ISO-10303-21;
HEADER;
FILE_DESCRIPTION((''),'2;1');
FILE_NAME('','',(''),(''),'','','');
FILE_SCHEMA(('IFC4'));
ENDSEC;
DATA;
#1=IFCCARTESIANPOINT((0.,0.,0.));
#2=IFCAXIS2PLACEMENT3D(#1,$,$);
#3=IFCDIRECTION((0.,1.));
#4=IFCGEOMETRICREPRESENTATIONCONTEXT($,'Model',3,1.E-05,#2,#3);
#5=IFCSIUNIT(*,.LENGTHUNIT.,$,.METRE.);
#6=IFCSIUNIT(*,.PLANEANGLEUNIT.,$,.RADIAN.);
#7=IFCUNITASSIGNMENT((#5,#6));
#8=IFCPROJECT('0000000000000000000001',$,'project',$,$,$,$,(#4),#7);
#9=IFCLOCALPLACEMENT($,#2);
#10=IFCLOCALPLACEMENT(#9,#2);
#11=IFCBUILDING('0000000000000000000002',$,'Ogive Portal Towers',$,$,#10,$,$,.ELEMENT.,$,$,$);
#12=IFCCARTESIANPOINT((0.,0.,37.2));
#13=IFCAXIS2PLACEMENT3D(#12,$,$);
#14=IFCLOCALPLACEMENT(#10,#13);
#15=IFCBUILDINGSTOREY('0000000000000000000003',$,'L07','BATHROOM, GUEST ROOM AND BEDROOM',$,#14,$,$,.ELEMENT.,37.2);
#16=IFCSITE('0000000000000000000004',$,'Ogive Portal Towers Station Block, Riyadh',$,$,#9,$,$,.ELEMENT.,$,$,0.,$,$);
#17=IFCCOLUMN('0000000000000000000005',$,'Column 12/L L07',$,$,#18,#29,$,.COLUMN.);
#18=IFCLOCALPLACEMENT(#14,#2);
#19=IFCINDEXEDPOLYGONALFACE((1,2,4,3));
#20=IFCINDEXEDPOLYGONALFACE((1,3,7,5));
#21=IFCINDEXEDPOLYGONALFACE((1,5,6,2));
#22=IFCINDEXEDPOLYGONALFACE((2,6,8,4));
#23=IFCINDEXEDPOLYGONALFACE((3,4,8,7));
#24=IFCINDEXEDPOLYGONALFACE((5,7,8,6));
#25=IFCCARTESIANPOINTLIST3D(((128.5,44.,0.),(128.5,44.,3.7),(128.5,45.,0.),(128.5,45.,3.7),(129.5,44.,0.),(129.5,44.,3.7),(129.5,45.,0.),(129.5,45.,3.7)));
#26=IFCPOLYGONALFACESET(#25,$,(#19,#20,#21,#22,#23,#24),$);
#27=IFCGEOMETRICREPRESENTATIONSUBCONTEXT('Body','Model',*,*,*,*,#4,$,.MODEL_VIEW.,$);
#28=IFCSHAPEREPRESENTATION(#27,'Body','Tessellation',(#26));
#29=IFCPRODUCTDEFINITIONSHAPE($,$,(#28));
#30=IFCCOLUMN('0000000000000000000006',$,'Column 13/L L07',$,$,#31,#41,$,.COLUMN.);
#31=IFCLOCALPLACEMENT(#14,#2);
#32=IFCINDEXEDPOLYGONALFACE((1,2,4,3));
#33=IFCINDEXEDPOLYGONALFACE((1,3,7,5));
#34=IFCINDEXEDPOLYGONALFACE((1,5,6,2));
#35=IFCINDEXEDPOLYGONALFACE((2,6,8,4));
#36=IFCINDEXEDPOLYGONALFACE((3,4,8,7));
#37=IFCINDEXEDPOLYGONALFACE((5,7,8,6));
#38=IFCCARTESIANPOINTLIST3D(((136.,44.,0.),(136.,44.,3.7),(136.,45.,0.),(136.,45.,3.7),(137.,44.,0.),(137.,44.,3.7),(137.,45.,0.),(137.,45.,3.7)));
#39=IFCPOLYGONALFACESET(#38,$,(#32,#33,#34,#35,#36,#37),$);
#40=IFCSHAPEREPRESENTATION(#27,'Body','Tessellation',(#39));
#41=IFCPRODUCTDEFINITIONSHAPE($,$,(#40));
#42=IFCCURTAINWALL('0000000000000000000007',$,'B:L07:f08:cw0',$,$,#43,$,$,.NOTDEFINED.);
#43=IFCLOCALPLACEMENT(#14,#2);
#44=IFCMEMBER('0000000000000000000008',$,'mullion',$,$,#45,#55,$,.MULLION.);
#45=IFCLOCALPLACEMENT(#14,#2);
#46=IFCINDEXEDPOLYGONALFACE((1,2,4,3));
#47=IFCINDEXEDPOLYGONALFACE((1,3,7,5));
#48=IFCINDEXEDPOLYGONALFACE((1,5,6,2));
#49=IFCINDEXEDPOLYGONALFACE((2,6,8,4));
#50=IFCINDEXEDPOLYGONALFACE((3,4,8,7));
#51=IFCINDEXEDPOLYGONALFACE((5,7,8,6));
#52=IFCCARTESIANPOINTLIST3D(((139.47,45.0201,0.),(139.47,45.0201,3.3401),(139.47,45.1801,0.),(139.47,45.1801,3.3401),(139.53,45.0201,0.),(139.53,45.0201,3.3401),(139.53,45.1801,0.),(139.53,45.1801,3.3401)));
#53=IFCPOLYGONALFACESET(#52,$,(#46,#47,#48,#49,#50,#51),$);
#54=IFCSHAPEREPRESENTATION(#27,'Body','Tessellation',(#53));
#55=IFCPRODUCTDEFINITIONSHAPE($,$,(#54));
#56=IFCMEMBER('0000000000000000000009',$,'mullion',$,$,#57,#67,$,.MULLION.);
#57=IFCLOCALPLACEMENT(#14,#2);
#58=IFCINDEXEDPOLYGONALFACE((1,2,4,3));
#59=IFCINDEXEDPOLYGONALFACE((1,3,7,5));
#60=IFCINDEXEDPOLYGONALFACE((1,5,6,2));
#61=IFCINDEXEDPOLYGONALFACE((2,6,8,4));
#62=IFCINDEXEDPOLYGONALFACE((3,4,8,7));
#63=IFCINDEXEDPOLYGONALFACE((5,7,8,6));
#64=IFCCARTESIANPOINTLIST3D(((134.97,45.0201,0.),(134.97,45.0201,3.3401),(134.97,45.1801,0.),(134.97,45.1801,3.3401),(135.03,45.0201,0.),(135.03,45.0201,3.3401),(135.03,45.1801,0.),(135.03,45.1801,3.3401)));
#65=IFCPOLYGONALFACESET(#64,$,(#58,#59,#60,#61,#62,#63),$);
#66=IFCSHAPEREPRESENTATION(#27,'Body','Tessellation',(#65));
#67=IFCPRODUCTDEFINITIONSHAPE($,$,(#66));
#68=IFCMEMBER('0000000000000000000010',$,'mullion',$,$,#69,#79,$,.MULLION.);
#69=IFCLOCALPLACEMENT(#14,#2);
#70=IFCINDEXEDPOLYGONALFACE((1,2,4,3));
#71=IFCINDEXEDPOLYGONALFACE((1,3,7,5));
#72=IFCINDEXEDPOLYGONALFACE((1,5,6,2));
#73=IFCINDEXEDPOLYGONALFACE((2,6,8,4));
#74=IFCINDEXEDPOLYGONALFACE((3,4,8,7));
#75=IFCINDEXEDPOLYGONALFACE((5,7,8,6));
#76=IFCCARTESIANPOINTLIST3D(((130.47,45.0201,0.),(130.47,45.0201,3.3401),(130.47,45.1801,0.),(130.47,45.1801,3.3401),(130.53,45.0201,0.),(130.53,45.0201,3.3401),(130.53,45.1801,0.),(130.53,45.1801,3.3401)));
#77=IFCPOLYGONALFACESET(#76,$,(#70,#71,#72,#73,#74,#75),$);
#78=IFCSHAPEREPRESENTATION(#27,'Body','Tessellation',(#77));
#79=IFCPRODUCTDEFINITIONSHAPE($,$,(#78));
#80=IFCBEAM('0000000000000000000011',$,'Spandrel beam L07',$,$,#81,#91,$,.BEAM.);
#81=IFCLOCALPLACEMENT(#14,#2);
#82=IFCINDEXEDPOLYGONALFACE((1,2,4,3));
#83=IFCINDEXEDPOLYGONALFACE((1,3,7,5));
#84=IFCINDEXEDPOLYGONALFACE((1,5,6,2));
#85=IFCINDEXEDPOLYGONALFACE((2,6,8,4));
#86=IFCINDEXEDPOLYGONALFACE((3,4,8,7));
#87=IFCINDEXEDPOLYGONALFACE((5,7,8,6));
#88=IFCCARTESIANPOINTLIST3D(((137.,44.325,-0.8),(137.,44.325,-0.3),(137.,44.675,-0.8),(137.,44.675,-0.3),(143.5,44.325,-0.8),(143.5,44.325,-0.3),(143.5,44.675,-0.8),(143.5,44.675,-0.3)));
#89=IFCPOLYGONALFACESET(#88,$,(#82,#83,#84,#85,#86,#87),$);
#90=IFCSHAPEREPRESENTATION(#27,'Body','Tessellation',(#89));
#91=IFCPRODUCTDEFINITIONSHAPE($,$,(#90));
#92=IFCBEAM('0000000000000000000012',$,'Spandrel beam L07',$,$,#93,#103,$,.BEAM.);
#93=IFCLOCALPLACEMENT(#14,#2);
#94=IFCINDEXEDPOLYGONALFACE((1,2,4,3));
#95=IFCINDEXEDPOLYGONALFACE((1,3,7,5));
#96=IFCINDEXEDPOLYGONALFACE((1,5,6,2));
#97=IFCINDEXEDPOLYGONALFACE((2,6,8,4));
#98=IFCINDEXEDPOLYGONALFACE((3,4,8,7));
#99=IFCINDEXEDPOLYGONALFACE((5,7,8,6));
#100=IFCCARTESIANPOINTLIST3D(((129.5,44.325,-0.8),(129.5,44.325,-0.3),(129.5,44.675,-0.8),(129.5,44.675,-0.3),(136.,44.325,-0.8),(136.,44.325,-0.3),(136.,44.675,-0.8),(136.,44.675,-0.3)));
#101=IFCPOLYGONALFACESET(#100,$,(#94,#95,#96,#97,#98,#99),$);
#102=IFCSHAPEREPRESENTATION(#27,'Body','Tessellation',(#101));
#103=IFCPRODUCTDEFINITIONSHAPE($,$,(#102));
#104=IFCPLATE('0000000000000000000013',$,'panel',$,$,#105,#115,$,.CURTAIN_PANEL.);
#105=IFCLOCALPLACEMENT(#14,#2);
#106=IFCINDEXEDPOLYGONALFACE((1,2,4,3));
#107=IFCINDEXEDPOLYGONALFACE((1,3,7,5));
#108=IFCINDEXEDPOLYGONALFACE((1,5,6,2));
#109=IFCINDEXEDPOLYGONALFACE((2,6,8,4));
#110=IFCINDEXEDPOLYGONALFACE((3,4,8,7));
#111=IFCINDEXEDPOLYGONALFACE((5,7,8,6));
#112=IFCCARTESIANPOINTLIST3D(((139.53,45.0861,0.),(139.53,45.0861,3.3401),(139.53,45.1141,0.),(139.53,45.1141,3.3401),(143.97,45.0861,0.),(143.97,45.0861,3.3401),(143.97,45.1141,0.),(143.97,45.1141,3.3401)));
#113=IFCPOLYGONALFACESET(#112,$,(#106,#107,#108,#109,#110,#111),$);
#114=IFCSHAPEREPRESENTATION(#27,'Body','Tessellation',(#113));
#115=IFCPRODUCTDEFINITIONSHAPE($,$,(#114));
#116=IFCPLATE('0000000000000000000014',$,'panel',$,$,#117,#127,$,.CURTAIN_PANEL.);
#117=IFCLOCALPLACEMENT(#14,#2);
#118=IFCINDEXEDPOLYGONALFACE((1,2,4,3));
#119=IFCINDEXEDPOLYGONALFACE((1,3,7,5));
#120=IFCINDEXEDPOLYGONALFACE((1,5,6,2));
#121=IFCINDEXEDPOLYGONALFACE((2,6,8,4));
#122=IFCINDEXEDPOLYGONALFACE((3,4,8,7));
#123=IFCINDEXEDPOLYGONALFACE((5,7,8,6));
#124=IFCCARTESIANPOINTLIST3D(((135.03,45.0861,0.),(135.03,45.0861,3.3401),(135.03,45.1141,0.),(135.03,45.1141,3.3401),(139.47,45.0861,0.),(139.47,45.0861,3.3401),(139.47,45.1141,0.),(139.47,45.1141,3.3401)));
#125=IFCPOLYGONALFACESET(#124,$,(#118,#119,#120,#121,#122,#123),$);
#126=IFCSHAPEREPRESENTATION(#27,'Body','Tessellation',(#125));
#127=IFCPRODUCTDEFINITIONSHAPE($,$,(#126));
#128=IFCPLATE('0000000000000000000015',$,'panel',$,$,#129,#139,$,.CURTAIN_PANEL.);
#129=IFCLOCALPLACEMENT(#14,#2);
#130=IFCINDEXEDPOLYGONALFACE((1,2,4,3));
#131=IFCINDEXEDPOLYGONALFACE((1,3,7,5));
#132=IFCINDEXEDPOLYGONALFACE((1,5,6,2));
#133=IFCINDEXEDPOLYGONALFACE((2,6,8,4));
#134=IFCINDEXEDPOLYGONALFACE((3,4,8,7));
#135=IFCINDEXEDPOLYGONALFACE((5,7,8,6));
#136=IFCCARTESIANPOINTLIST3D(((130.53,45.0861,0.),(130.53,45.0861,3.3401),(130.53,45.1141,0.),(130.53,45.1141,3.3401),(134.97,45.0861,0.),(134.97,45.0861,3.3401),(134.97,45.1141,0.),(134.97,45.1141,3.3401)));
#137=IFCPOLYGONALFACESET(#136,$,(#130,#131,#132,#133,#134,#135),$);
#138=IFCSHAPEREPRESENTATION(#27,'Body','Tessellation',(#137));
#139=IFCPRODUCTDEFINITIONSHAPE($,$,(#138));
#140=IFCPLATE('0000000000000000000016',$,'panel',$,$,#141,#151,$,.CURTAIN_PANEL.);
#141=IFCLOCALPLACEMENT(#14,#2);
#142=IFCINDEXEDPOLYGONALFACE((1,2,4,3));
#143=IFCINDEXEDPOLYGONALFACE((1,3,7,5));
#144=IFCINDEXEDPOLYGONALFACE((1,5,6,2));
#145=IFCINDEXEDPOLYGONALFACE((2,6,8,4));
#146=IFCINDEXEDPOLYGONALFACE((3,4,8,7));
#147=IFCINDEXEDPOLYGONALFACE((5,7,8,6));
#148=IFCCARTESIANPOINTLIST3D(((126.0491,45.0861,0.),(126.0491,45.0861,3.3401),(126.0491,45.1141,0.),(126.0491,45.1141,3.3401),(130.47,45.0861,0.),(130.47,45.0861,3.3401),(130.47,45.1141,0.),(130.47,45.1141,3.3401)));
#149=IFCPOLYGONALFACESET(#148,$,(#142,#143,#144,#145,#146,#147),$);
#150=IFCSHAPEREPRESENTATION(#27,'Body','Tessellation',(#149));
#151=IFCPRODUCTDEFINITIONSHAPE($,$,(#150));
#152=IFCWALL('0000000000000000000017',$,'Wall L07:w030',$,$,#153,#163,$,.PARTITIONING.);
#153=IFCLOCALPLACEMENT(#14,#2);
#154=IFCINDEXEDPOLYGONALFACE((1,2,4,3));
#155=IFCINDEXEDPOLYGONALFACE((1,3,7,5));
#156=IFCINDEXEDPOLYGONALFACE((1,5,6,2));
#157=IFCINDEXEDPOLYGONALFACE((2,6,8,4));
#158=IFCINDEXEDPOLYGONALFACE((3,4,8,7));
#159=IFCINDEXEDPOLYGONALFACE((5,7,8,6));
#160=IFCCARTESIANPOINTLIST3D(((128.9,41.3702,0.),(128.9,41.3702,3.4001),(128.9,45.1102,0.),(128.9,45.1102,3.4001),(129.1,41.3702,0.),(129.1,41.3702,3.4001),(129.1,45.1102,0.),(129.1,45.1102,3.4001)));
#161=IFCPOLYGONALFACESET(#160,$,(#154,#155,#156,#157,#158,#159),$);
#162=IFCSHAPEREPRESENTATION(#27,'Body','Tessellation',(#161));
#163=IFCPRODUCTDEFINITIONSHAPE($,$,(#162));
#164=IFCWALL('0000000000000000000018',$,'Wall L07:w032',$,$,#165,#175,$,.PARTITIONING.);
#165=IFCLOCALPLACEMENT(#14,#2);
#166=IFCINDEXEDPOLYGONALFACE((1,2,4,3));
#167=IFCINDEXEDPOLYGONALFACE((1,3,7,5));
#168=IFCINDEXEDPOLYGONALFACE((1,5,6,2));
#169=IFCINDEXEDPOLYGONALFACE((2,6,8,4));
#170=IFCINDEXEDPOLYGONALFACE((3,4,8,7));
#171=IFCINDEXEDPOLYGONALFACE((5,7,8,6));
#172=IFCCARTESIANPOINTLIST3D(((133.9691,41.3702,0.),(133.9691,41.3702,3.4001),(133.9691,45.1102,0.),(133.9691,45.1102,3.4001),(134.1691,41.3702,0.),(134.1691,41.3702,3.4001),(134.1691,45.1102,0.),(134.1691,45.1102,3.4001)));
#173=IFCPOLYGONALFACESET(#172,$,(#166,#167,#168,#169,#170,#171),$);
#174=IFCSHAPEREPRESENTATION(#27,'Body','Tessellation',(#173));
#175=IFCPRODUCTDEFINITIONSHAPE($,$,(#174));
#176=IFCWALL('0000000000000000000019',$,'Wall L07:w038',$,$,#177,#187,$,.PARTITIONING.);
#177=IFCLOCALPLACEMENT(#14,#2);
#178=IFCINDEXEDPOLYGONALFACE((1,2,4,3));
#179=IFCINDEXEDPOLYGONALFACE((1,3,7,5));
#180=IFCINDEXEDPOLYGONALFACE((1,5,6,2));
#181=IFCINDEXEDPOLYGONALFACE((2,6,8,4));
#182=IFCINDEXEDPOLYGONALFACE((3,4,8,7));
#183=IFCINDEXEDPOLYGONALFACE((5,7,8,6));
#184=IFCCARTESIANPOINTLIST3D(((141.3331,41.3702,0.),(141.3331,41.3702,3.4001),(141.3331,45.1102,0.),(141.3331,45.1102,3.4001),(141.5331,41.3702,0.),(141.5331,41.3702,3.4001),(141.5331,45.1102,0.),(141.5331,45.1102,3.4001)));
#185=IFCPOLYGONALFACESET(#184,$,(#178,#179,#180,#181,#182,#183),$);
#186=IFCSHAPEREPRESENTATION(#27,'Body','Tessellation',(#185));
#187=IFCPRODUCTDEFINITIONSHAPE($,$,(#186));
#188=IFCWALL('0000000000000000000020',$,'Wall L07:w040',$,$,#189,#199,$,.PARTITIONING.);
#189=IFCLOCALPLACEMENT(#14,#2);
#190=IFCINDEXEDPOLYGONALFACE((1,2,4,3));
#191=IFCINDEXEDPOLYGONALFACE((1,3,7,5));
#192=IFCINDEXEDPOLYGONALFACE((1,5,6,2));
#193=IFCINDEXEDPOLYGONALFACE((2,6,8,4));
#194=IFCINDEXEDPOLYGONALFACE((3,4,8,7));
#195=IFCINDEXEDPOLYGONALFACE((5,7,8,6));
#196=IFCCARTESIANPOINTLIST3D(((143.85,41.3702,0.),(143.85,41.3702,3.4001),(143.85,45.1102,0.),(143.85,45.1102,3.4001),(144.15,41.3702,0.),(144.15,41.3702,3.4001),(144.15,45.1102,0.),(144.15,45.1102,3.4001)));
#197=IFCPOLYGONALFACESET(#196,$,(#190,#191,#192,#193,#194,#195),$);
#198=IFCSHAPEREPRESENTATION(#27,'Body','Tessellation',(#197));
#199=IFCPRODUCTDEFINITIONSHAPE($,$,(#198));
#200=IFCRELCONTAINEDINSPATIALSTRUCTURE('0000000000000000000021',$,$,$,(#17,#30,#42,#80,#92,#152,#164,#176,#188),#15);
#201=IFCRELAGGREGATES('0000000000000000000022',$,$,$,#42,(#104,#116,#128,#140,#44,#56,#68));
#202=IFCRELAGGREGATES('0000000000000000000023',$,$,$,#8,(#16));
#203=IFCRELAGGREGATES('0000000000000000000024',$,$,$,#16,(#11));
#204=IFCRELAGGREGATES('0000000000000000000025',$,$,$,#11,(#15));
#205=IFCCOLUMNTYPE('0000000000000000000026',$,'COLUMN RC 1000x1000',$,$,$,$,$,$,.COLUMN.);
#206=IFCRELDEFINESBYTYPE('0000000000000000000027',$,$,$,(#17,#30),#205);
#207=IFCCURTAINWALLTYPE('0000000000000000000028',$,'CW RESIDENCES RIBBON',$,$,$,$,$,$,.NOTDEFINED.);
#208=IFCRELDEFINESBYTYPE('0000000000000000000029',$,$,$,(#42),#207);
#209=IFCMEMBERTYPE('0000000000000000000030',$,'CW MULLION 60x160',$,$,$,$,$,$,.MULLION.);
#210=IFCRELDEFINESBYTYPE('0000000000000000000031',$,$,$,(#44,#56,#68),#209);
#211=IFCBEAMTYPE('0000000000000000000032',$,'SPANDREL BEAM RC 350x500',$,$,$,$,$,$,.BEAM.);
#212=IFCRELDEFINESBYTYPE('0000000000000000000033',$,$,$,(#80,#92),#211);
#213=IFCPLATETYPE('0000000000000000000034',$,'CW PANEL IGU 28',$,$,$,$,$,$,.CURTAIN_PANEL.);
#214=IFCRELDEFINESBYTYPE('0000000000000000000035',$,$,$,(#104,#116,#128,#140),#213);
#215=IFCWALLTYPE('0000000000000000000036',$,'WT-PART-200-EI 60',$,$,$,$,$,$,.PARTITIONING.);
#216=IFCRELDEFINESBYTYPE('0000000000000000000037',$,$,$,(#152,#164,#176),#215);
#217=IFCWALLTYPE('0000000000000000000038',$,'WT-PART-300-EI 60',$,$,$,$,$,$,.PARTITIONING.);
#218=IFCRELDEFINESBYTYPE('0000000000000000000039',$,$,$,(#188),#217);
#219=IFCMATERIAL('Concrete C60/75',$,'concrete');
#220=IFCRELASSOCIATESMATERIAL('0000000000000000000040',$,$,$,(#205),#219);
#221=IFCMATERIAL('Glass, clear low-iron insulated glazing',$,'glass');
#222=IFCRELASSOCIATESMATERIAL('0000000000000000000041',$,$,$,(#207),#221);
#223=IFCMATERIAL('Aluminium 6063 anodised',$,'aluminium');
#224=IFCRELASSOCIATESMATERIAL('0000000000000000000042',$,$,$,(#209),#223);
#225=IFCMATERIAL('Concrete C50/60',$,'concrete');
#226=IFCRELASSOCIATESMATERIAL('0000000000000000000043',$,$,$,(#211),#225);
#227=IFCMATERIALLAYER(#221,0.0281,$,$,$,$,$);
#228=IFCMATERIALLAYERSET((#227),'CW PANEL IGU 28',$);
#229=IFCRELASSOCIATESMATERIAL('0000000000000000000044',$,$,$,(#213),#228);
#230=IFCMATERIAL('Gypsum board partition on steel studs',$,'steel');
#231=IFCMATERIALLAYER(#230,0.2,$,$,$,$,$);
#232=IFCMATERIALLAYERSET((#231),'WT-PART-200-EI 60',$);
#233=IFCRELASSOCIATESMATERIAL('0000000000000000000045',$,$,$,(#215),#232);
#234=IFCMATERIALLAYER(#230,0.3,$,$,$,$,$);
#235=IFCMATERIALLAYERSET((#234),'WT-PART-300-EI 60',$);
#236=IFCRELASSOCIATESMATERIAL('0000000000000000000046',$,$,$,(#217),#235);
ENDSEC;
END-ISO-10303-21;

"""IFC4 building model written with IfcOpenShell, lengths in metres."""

from ifc_helpers import new_model, si_unit, direction, frame, frame_2d, origin, origin_2d, place, context, subcontext, project, spatial, rectangle, extrude, material, layer, layer_set, material_profile, profile_set, type_object, element, aggregate, save


model = new_model("IFC4")

# Units and contexts
model_context = context("Model", 3, precision=1e-05, world=origin(), true_north=direction((0.0, 1.0)))
body_context = subcontext(model_context, "Body", "Model", "MODEL_VIEW")
ifc_project = project(units=[si_unit("LENGTHUNIT", "METRE"), si_unit("PLANEANGLEUNIT", "RADIAN")], contexts=[model_context])

# Site, building, storey
site_placement = place(None, origin())
site = spatial("IfcSite", under=ifc_project, at=site_placement, Name="Ogive Portal Towers Station Block, Riyadh", CompositionType="ELEMENT", RefElevation=0.0)
building_placement = place(site_placement, origin())
building = spatial("IfcBuilding", under=site, at=building_placement, Name="Ogive Portal Towers", CompositionType="ELEMENT")
storey_placement = place(building_placement, frame((0.0, 0.0, 37.2)))
storey = spatial("IfcBuildingStorey", under=building, at=storey_placement, Name="L07", Description="BATHROOM, GUEST ROOM AND BEDROOM", CompositionType="ELEMENT", Elevation=37.2)

# Columns
ifc_material_1 = material(Name="Concrete C60/75", Category="concrete")
ifc_material_profile_1 = material_profile(ifc_material_1, rectangle(XDim=1.0, YDim=1.0, at=origin_2d()), Name="RC 1000x1000")
ifc_profile_set_1 = profile_set([ifc_material_profile_1], Name="Concrete C60/75")
column_type = type_object("IfcColumnType", Name="COLUMN RC 1000x1000", PredefinedType="COLUMN", material=ifc_profile_set_1)
for number, where, z_axis, x_axis, name in (
    (1, (129.0, 44.5, 0.0), (0.0, 0.0, 1.0), (1.0, 0.0, 0.0), "Column 12/L L07"),
    (2, (136.5, 44.5, 0.0), (0.0, 0.0, 1.0), (1.0, 0.0, 0.0), "Column 13/L L07"),
):
    element("IfcColumn", number, at=place(storey_placement, frame(where, z_axis=z_axis, x_axis=x_axis)), inside=storey, type_object=column_type, Name=name, PredefinedType="COLUMN", context=body_context, shape_type="SweptSolid", body=[
        extrude(rectangle(XDim=1.0, YDim=1.0, at=origin_2d()), origin(), (0.0, 0.0, 1.0), 3.7),
    ])

# Curtain wall, members
ifc_material_2 = material(Name="Glass, clear low-iron insulated glazing", Category="glass")
curtain_wall_type = type_object("IfcCurtainWallType", Name="CW RESIDENCES RIBBON", PredefinedType="NOTDEFINED", material=ifc_material_2)
curtain_wall_placement = place(storey_placement, origin())
curtain_wall = element("IfcCurtainWall", 3, at=curtain_wall_placement, inside=storey, type_object=curtain_wall_type, Name="B:L07:f08:cw0", PredefinedType="NOTDEFINED")
ifc_material_3 = material(Name="Aluminium 6063 anodised", Category="aluminium")
ifc_material_profile_2 = material_profile(ifc_material_3, rectangle(XDim=0.1599, YDim=0.0601, at=origin_2d()), Name="AL 60x160")
ifc_profile_set_2 = profile_set([ifc_material_profile_2], Name="Aluminium 6063 anodised")
member_type = type_object("IfcMemberType", Name="CW MULLION 60x160", PredefinedType="MULLION", material=ifc_profile_set_2)
member_1_placement = place(storey_placement, frame((139.5, 45.1001, 0.0), z_axis=(0.0, 0.0, 1.0), x_axis=(0.0, -1.0, 0.0)))
member_1 = element("IfcMember", 4, at=member_1_placement, type_object=member_type, Name="mullion", PredefinedType="MULLION", context=body_context, shape_type="SweptSolid", body=[
    extrude(rectangle(XDim=0.1599, YDim=0.0601, at=origin_2d()), origin(), (0.0, 0.0, 1.0), 3.3401),
])
member_2_placement = place(storey_placement, frame((135.0, 45.1001, 0.0), z_axis=(0.0, 0.0, 1.0), x_axis=(0.0, -1.0, 0.0)))
member_2 = element("IfcMember", 5, at=member_2_placement, type_object=member_type, Name="mullion", PredefinedType="MULLION", context=body_context, shape_type="SweptSolid", body=[
    extrude(rectangle(XDim=0.1599, YDim=0.0601, at=origin_2d()), origin(), (0.0, 0.0, 1.0), 3.3401),
])
member_3_placement = place(storey_placement, frame((130.5, 45.1001, 0.0), z_axis=(0.0, 0.0, 1.0), x_axis=(0.0, -1.0, 0.0)))
member_3 = element("IfcMember", 6, at=member_3_placement, type_object=member_type, Name="mullion", PredefinedType="MULLION", context=body_context, shape_type="SweptSolid", body=[
    extrude(rectangle(XDim=0.1599, YDim=0.0601, at=origin_2d()), origin(), (0.0, 0.0, 1.0), 3.3401),
])

# Beams
ifc_material_4 = material(Name="Concrete C50/60", Category="concrete")
ifc_material_profile_3 = material_profile(ifc_material_4, rectangle(XDim=0.3501, YDim=0.5, at=origin_2d()), Name="RC 350x500")
ifc_profile_set_3 = profile_set([ifc_material_profile_3], Name="Concrete C50/60")
beam_type = type_object("IfcBeamType", Name="SPANDREL BEAM RC 350x500", PredefinedType="BEAM", material=ifc_profile_set_3)
for number, where, z_axis, x_axis, name in (
    (7, (143.5, 44.5, -0.55), (-1.0, 0.0, 0.0), (0.0, -1.0, 0.0), "Spandrel beam L07"),
    (8, (136.0, 44.5, -0.55), (-1.0, 0.0, 0.0), (0.0, -1.0, 0.0), "Spandrel beam L07"),
):
    element("IfcBeam", number, at=place(storey_placement, frame(where, z_axis=z_axis, x_axis=x_axis)), inside=storey, type_object=beam_type, Name=name, PredefinedType="BEAM", context=body_context, shape_type="SweptSolid", body=[
        extrude(rectangle(XDim=0.3501, YDim=0.5, at=origin_2d()), origin(), (0.0, 0.0, 1.0), 6.5),
    ])

# Plates
ifc_layer_1 = layer(ifc_material_2, 0.0281)
ifc_layer_set_1 = layer_set([ifc_layer_1], Name="CW PANEL IGU 28")
plate_type = type_object("IfcPlateType", Name="CW PANEL IGU 28", PredefinedType="CURTAIN_PANEL", material=ifc_layer_set_1)
plate_1_placement = place(storey_placement, frame((141.75, 45.1001, 0.0), z_axis=(0.0, 0.0, 1.0), x_axis=(-1.0, 0.0, 0.0)))
plate_1 = element("IfcPlate", 9, at=plate_1_placement, type_object=plate_type, Name="panel", PredefinedType="CURTAIN_PANEL", context=body_context, shape_type="SweptSolid", body=[
    extrude(rectangle(XDim=4.4399, YDim=0.0281, at=origin_2d()), origin(), (0.0, 0.0, 1.0), 3.3401),
])
plate_2_placement = place(storey_placement, frame((137.25, 45.1001, 0.0), z_axis=(0.0, 0.0, 1.0), x_axis=(-1.0, 0.0, 0.0)))
plate_2 = element("IfcPlate", 10, at=plate_2_placement, type_object=plate_type, Name="panel", PredefinedType="CURTAIN_PANEL", context=body_context, shape_type="SweptSolid", body=[
    extrude(rectangle(XDim=4.4399, YDim=0.0281, at=origin_2d()), origin(), (0.0, 0.0, 1.0), 3.3401),
])
plate_3_placement = place(storey_placement, frame((132.75, 45.1001, 0.0), z_axis=(0.0, 0.0, 1.0), x_axis=(-1.0, 0.0, 0.0)))
plate_3 = element("IfcPlate", 11, at=plate_3_placement, type_object=plate_type, Name="panel", PredefinedType="CURTAIN_PANEL", context=body_context, shape_type="SweptSolid", body=[
    extrude(rectangle(XDim=4.4399, YDim=0.0281, at=origin_2d()), origin(), (0.0, 0.0, 1.0), 3.3401),
])
plate_4_placement = place(storey_placement, frame((128.2595, 45.1001, 0.0), z_axis=(0.0, 0.0, 1.0), x_axis=(-1.0, 0.0, 0.0)))
plate_4 = element("IfcPlate", 12, at=plate_4_placement, type_object=plate_type, Name="panel", PredefinedType="CURTAIN_PANEL", context=body_context, shape_type="SweptSolid", body=[
    extrude(rectangle(XDim=4.4209, YDim=0.0281, at=origin_2d()), origin(), (0.0, 0.0, 1.0), 3.3401),
])
aggregate(curtain_wall, [plate_1, plate_2, plate_3, plate_4, member_1, member_2, member_3])

# Walls
ifc_material_5 = material(Name="Gypsum board partition on steel studs", Category="steel")
ifc_layer_2 = layer(ifc_material_5, 0.2)
ifc_layer_set_2 = layer_set([ifc_layer_2], Name="WT-PART-200-EI 60")
wall_type_1 = type_object("IfcWallType", Name="WT-PART-200-EI 60", PredefinedType="PARTITIONING", material=ifc_layer_set_2)
for number, where, z_axis, x_axis, name in (
    (13, (129.0, 41.3701, 0.0), (0.0, 0.0, 1.0), (0.0, 1.0, 0.0), "Wall L07:w030"),
    (14, (134.0691, 41.3701, 0.0), (0.0, 0.0, 1.0), (0.0, 1.0, 0.0), "Wall L07:w032"),
    (15, (141.4331, 41.3701, 0.0), (0.0, 0.0, 1.0), (0.0, 1.0, 0.0), "Wall L07:w038"),
):
    element("IfcWall", number, at=place(storey_placement, frame(where, z_axis=z_axis, x_axis=x_axis)), inside=storey, type_object=wall_type_1, Name=name, PredefinedType="PARTITIONING", context=body_context, shape_type="SweptSolid", body=[
        extrude(rectangle(XDim=3.74, YDim=0.2, at=frame_2d((1.8701, 0.0))), origin(), (0.0, 0.0, 1.0), 3.4001),
    ])
ifc_layer_3 = layer(ifc_material_5, 0.3)
ifc_layer_set_3 = layer_set([ifc_layer_3], Name="WT-PART-300-EI 60")
wall_type_2 = type_object("IfcWallType", Name="WT-PART-300-EI 60", PredefinedType="PARTITIONING", material=ifc_layer_set_3)
wall_placement = place(storey_placement, frame((144.0, 41.3701, 0.0), z_axis=(0.0, 0.0, 1.0), x_axis=(0.0, 1.0, 0.0)))
element("IfcWall", 16, at=wall_placement, inside=storey, type_object=wall_type_2, Name="Wall L07:w040", PredefinedType="PARTITIONING", context=body_context, shape_type="SweptSolid", body=[
    extrude(rectangle(XDim=3.74, YDim=0.3, at=frame_2d((1.8701, 0.0))), origin(), (0.0, 0.0, 1.0), 3.4001),
])

save(model, "model.ifc")
